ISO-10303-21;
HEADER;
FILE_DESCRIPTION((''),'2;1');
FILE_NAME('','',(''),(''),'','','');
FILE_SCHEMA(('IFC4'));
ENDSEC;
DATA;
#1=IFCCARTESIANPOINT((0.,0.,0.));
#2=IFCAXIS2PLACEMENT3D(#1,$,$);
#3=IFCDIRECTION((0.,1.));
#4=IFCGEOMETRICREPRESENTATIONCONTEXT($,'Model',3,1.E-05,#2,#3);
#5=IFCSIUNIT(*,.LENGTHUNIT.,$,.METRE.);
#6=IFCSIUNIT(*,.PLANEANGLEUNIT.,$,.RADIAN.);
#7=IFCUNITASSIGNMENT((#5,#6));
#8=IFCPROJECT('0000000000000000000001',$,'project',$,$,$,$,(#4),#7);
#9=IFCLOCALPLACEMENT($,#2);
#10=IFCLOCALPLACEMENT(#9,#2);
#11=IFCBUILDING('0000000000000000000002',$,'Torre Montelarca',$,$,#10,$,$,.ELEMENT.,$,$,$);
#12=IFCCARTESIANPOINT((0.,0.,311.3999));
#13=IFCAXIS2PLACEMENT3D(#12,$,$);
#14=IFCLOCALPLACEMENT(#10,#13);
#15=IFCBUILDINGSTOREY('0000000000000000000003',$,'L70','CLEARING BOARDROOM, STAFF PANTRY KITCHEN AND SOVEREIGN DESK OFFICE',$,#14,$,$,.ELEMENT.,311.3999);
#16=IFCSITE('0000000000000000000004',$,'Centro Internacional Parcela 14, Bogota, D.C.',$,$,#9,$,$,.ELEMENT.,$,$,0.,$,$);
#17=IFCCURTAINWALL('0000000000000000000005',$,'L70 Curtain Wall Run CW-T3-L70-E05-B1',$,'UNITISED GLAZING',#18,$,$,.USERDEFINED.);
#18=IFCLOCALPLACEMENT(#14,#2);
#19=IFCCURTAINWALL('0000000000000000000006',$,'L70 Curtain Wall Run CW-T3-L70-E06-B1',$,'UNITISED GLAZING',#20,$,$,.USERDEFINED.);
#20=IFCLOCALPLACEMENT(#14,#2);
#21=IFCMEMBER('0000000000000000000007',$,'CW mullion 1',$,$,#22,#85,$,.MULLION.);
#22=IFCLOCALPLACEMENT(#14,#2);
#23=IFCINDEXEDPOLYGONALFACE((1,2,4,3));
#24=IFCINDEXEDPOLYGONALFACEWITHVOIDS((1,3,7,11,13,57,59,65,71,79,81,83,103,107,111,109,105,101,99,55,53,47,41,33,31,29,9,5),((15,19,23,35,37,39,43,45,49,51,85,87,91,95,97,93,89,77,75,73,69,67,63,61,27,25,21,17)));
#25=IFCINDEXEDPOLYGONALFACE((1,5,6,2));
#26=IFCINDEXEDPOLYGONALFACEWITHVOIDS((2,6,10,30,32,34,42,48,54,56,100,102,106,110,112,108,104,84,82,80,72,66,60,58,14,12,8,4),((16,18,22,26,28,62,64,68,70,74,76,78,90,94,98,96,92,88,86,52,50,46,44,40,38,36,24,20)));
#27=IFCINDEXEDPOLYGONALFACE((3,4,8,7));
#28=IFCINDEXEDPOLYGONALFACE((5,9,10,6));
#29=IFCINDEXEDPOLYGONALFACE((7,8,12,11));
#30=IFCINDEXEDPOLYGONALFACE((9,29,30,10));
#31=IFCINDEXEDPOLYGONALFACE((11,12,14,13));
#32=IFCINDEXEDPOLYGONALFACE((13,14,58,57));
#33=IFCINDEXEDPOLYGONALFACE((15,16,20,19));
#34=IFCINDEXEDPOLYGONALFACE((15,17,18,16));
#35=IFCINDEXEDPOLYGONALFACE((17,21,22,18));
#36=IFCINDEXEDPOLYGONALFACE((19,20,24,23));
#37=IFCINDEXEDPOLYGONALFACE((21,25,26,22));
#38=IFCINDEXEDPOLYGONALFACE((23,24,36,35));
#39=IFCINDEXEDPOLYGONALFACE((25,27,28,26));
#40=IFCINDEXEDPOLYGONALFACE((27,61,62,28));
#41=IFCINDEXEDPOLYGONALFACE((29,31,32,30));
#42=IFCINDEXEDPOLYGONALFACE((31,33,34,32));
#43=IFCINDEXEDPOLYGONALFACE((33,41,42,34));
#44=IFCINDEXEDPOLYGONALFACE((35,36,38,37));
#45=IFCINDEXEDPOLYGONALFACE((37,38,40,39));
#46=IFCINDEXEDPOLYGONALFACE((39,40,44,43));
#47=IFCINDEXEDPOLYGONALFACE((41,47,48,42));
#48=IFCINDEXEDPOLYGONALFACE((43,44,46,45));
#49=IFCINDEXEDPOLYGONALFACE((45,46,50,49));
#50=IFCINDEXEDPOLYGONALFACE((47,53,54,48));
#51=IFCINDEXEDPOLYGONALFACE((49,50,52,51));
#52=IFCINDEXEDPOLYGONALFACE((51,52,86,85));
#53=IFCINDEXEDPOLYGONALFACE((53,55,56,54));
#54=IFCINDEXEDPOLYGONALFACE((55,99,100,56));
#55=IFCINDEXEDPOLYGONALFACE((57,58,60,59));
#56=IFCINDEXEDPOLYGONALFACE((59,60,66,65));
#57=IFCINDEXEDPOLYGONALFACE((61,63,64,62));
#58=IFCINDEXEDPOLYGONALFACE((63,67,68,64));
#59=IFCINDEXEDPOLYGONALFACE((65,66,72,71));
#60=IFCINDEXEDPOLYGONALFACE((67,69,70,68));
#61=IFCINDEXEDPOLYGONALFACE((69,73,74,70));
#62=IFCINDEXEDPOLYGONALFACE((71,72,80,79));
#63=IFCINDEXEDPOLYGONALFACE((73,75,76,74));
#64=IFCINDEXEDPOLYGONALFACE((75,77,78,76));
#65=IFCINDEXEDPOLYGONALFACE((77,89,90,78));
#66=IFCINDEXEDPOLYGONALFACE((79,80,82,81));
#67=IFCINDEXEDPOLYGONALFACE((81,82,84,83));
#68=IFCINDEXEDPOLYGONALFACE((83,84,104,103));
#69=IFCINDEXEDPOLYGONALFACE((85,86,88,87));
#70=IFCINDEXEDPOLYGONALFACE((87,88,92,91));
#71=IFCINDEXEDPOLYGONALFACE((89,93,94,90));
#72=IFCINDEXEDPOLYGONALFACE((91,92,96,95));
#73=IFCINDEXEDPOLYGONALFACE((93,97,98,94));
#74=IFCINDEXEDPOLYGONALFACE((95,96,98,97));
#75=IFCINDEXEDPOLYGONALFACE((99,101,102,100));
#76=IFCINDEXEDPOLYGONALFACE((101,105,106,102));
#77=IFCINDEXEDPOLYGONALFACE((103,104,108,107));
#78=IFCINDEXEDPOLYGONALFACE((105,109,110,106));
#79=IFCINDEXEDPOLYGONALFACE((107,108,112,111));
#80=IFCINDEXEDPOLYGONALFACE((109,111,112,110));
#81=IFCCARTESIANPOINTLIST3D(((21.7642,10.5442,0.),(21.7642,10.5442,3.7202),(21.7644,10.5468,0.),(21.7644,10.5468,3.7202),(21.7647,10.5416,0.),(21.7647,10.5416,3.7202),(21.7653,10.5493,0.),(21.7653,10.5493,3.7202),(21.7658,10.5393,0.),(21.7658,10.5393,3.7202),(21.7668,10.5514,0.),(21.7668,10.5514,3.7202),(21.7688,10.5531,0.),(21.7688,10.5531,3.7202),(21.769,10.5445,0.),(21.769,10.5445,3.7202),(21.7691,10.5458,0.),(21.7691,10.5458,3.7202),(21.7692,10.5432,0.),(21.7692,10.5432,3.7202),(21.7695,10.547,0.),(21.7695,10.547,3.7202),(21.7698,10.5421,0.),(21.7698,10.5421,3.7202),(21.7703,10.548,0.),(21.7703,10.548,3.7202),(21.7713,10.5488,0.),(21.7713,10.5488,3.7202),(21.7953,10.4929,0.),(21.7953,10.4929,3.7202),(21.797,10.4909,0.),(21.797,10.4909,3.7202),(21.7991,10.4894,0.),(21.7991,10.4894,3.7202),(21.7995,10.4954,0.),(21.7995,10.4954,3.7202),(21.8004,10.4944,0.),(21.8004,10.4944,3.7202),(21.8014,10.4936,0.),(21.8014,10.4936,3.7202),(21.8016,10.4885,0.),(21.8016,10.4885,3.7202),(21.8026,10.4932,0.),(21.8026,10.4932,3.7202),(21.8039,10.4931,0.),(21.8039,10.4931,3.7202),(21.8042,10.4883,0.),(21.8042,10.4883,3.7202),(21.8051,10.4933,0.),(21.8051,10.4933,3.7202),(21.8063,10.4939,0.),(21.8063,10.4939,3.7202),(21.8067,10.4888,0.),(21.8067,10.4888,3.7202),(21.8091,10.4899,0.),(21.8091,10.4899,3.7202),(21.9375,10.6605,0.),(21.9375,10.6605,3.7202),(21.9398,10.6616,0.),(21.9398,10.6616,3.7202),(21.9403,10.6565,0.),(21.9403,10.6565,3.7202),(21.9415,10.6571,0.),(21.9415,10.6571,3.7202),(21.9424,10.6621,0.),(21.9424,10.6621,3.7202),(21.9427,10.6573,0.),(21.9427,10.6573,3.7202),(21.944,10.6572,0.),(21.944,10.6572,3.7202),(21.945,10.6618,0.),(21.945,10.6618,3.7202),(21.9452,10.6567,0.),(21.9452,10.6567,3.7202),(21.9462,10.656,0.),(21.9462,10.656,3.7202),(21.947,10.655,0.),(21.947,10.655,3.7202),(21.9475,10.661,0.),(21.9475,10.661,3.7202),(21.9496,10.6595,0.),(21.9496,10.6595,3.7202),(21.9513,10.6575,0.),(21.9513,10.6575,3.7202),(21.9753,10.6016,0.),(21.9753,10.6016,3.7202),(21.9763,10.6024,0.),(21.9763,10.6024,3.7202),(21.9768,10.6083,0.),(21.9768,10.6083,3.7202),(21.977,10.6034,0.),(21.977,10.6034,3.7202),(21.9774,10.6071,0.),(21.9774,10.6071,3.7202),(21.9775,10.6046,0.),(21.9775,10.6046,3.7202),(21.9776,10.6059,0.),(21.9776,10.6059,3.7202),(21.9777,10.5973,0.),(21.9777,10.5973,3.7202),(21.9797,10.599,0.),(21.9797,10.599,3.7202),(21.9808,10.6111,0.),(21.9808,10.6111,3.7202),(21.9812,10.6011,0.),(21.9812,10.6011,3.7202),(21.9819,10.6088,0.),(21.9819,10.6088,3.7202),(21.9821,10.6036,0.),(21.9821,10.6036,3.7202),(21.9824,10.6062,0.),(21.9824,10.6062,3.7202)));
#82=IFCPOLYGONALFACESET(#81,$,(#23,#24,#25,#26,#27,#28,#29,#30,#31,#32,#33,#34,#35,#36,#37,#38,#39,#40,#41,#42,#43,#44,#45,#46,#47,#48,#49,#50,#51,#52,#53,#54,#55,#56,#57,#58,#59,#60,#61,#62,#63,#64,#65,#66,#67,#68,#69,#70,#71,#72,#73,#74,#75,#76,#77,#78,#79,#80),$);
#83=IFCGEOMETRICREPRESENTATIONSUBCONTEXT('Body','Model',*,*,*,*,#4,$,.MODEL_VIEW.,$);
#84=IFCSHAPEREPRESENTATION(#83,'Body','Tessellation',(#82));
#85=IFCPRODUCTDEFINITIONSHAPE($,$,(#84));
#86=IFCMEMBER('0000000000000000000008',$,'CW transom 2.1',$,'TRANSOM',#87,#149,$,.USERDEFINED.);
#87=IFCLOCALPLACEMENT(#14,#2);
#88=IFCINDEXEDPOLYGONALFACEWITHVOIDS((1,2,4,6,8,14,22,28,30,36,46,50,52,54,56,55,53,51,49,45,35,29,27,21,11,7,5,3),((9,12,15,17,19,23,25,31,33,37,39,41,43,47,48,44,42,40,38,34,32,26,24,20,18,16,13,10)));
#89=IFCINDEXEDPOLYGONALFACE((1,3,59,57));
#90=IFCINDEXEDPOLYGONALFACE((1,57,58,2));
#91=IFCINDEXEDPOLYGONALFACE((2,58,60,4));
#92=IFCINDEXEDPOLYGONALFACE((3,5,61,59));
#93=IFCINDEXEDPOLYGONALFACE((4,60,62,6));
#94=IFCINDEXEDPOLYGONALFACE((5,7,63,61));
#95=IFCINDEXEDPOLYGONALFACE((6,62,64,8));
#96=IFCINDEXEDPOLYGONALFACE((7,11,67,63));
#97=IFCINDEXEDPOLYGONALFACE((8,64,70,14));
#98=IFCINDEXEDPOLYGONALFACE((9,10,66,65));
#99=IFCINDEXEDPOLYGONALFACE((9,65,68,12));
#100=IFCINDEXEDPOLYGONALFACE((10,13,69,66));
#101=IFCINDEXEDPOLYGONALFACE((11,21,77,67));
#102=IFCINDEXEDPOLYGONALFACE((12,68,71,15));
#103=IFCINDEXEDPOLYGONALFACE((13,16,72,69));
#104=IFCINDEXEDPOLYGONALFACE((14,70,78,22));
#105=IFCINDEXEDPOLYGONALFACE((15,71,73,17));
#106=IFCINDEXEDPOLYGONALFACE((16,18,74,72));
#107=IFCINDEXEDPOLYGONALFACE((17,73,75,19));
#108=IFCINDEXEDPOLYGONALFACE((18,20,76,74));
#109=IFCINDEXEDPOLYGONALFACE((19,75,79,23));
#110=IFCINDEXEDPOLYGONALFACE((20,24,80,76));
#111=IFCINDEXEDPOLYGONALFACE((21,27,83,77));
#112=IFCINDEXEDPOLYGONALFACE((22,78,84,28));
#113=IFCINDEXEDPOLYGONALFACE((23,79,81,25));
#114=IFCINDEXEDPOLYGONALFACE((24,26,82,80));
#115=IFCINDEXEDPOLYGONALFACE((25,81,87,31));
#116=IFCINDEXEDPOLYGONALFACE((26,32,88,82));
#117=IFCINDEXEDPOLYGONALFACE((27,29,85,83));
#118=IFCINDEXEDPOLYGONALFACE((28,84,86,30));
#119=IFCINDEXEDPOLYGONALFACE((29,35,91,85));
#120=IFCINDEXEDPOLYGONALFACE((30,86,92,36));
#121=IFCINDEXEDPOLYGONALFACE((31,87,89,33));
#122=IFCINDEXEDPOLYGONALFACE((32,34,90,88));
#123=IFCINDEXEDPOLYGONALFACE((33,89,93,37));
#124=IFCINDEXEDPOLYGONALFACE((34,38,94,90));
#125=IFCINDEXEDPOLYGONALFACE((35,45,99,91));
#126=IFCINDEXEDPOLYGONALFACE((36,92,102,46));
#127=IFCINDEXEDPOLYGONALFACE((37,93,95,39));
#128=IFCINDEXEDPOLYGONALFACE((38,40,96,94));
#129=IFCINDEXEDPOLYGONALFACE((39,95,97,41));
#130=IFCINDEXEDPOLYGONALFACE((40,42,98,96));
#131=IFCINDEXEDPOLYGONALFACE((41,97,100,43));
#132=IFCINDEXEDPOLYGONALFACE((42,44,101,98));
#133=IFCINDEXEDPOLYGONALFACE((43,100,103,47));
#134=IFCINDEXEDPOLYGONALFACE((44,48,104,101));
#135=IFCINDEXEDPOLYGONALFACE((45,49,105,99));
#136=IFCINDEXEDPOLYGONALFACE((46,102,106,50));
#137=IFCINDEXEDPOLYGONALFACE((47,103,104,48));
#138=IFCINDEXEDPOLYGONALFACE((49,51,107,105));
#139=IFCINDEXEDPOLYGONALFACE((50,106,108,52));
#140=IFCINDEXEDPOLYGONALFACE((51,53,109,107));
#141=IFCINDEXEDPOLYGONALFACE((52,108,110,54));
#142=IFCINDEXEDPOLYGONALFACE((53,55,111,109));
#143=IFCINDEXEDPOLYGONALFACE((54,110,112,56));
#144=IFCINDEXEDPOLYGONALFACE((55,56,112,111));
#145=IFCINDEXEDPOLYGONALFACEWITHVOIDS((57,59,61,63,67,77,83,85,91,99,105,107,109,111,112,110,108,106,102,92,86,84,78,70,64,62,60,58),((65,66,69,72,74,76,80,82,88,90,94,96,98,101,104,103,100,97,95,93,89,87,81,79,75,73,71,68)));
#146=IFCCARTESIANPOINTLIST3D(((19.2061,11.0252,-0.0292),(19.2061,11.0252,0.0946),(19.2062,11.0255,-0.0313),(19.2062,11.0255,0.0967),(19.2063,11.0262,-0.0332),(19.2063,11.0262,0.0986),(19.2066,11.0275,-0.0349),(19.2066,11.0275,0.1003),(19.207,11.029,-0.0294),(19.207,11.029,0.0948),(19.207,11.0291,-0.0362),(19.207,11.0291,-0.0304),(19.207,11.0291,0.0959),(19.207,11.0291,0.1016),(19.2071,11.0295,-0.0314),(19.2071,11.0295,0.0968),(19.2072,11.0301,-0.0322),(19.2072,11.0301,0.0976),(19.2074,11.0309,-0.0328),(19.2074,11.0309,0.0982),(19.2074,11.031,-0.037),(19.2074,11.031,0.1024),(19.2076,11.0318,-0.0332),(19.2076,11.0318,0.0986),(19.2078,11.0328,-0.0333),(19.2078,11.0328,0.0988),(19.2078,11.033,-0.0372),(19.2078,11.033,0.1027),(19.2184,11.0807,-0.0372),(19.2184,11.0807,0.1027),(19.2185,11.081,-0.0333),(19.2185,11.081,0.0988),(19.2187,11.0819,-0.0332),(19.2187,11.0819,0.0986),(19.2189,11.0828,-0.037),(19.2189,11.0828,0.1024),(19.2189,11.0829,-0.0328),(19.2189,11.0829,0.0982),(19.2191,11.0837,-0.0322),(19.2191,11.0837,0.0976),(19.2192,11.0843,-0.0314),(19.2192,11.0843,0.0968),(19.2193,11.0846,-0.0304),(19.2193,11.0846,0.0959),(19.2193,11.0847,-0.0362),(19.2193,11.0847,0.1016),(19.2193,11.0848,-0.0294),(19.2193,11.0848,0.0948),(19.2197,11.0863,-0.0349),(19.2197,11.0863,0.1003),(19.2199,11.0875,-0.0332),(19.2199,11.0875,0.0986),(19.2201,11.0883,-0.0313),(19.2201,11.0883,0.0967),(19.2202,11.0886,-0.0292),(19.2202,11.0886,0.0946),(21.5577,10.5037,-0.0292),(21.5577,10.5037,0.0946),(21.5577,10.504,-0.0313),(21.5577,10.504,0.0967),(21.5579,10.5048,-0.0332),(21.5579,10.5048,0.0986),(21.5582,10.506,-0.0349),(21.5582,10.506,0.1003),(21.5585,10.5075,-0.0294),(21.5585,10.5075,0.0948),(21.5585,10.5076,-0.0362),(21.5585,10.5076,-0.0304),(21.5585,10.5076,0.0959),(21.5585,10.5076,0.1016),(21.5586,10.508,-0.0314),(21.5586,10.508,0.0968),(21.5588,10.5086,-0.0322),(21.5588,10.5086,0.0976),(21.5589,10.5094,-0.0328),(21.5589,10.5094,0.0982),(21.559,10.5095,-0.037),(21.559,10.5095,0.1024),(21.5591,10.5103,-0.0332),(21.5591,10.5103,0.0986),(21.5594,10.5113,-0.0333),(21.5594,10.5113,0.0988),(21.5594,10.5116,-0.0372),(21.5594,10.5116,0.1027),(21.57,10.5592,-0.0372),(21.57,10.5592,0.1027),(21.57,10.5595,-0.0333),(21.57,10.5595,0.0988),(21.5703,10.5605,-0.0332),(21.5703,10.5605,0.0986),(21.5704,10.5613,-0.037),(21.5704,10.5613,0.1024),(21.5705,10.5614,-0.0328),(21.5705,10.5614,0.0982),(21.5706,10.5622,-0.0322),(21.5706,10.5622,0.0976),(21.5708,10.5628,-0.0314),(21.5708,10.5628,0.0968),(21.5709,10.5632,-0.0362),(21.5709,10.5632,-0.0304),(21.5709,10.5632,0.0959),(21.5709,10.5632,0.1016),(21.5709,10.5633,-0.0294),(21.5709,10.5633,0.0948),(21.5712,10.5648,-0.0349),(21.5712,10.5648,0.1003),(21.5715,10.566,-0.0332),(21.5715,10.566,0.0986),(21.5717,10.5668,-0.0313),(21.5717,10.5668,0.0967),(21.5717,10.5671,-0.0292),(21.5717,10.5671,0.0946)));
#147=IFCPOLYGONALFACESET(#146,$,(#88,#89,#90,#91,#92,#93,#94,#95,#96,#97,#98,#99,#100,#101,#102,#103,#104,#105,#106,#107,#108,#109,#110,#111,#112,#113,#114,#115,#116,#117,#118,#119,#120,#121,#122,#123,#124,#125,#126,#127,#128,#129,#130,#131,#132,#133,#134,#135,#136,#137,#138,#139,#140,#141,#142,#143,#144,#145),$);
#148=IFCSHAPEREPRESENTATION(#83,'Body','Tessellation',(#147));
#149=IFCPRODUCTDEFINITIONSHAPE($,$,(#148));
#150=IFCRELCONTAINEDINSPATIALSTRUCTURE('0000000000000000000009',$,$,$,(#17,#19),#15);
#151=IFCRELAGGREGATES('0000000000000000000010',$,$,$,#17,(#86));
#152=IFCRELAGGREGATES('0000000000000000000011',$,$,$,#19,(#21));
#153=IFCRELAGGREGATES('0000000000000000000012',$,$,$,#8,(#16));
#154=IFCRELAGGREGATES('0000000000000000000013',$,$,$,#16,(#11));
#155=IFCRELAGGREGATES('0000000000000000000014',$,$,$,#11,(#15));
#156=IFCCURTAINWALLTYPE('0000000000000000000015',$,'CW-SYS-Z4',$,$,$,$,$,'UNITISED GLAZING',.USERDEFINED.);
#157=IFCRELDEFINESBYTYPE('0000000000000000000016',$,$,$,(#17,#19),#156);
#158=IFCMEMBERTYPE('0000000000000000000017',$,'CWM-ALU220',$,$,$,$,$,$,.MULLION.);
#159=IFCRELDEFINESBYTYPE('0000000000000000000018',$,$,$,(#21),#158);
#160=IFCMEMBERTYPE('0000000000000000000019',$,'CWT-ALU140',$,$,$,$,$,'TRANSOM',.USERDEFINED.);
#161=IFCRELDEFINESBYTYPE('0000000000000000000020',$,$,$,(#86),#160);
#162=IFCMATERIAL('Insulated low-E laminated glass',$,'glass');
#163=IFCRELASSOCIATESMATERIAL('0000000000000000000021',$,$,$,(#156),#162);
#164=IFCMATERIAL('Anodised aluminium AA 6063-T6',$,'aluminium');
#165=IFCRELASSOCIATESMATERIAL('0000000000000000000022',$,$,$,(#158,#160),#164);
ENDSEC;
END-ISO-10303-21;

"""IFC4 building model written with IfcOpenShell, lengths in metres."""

from ifc_helpers import new_model, si_unit, direction, frame, origin, origin_2d, place, context, subcontext, project, spatial, hollow_rectangle, extrude, source, transform, mapped, material, material_profile, profile_set, type_object, element, aggregate, save


model = new_model("IFC4")

# Units and contexts
model_context = context("Model", 3, precision=1e-05, world=origin(), true_north=direction((0.0, 1.0)))
body_context = subcontext(model_context, "Body", "Model", "MODEL_VIEW")
ifc_project = project(units=[si_unit("LENGTHUNIT", "METRE"), si_unit("PLANEANGLEUNIT", "RADIAN")], contexts=[model_context])

# Site, building, storey
site_placement = place(None, origin())
site = spatial("IfcSite", under=ifc_project, at=site_placement, Name="Centro Internacional Parcela 14, Bogota, D.C.", CompositionType="ELEMENT", RefElevation=0.0)
building_placement = place(site_placement, origin())
building = spatial("IfcBuilding", under=site, at=building_placement, Name="Torre Montelarca", CompositionType="ELEMENT")
storey_placement = place(building_placement, frame((0.0, 0.0, 311.3999)))
storey = spatial("IfcBuildingStorey", under=building, at=storey_placement, Name="L70", Description="CLEARING BOARDROOM, STAFF PANTRY KITCHEN AND SOVEREIGN DESK OFFICE", CompositionType="ELEMENT", Elevation=311.3999)

# Curtain walls, member
ifc_material_1 = material(Name="Insulated low-E laminated glass", Category="glass")
curtain_wall_type = type_object("IfcCurtainWallType", Name="CW-SYS-Z4", ElementType="UNITISED GLAZING", PredefinedType="USERDEFINED", material=ifc_material_1)
curtain_wall_1_placement = place(storey_placement, origin())
curtain_wall_1 = element("IfcCurtainWall", 1, at=curtain_wall_1_placement, inside=storey, type_object=curtain_wall_type, Name="L70 Curtain Wall Run CW-T3-L70-E05-B1", ObjectType="UNITISED GLAZING", PredefinedType="USERDEFINED")
ifc_material_2 = material(Name="Anodised aluminium AA 6063-T6", Category="aluminium")
ifc_material_profile_1 = material_profile(ifc_material_2, hollow_rectangle(XDim=0.075, YDim=0.22, WallThickness=0.0049, InnerFilletRadius=0.0049, OuterFilletRadius=0.01, at=origin_2d()), Name="ALU75X220X5", Category="aluminium")
ifc_profile_set_1 = profile_set([ifc_material_profile_1], Name="Anodised aluminium AA 6063-T6")
member_type_1 = type_object("IfcMemberType", Name="CWM-ALU220", PredefinedType="MULLION", material=ifc_profile_set_1)
shared_shape_1 = source(origin(), body_context, "Body", "SweptSolid", [
    extrude(hollow_rectangle(XDim=0.075, YDim=0.22, WallThickness=0.0049, InnerFilletRadius=0.0049, OuterFilletRadius=0.01, at=origin_2d()), origin(), (0.0, 0.0, 1.0), 3.7202),
])
curtain_wall_2_placement = place(storey_placement, origin())
curtain_wall_2 = element("IfcCurtainWall", 2, at=curtain_wall_2_placement, inside=storey, type_object=curtain_wall_type, Name="L70 Curtain Wall Run CW-T3-L70-E06-B1", ObjectType="UNITISED GLAZING", PredefinedType="USERDEFINED")
member_1_placement = place(storey_placement, frame((21.8733, 10.5752, 0.0), z_axis=(0.0, 0.0, 1.0), x_axis=(-0.537302, 0.84339, 0.0)))
member_1 = element("IfcMember", 3, at=member_1_placement, type_object=member_type_1, Name="CW mullion 1", PredefinedType="MULLION", context=body_context, shape_type="MappedRepresentation", body=[
    mapped(shared_shape_1, transform((0.0, 0.0, 0.0), scale=1.0)),
])

# Member
ifc_material_profile_2 = material_profile(ifc_material_2, hollow_rectangle(XDim=0.0649, YDim=0.1399, WallThickness=0.0039, InnerFilletRadius=0.0039, OuterFilletRadius=0.0081, at=origin_2d()), Name="ALU65X140X4", Category="aluminium")
ifc_profile_set_2 = profile_set([ifc_material_profile_2], Name="Anodised aluminium AA 6063-T6")
member_type_2 = type_object("IfcMemberType", Name="CWT-ALU140", ElementType="TRANSOM", PredefinedType="USERDEFINED", material=ifc_profile_set_2)
shared_shape_2 = source(origin(), body_context, "Body", "SweptSolid", [
    extrude(hollow_rectangle(XDim=0.0649, YDim=0.1399, WallThickness=0.0039, InnerFilletRadius=0.0039, OuterFilletRadius=0.0081, at=origin_2d()), origin(), (0.0, 0.0, 1.0), 2.4087),
])
member_2_placement = place(storey_placement, frame((19.2131, 11.0569, 0.0327), z_axis=(0.976282, -0.216501, 0.0), x_axis=(0.216501, 0.976282, 0.0)))
member_2 = element("IfcMember", 4, at=member_2_placement, type_object=member_type_2, Name="CW transom 2.1", ObjectType="TRANSOM", PredefinedType="USERDEFINED", context=body_context, shape_type="MappedRepresentation", body=[
    mapped(shared_shape_2, transform((0.0, 0.0, 0.0), scale=1.0)),
])

aggregate(curtain_wall_1, [member_2])
aggregate(curtain_wall_2, [member_1])

save(model, "model.ifc")
